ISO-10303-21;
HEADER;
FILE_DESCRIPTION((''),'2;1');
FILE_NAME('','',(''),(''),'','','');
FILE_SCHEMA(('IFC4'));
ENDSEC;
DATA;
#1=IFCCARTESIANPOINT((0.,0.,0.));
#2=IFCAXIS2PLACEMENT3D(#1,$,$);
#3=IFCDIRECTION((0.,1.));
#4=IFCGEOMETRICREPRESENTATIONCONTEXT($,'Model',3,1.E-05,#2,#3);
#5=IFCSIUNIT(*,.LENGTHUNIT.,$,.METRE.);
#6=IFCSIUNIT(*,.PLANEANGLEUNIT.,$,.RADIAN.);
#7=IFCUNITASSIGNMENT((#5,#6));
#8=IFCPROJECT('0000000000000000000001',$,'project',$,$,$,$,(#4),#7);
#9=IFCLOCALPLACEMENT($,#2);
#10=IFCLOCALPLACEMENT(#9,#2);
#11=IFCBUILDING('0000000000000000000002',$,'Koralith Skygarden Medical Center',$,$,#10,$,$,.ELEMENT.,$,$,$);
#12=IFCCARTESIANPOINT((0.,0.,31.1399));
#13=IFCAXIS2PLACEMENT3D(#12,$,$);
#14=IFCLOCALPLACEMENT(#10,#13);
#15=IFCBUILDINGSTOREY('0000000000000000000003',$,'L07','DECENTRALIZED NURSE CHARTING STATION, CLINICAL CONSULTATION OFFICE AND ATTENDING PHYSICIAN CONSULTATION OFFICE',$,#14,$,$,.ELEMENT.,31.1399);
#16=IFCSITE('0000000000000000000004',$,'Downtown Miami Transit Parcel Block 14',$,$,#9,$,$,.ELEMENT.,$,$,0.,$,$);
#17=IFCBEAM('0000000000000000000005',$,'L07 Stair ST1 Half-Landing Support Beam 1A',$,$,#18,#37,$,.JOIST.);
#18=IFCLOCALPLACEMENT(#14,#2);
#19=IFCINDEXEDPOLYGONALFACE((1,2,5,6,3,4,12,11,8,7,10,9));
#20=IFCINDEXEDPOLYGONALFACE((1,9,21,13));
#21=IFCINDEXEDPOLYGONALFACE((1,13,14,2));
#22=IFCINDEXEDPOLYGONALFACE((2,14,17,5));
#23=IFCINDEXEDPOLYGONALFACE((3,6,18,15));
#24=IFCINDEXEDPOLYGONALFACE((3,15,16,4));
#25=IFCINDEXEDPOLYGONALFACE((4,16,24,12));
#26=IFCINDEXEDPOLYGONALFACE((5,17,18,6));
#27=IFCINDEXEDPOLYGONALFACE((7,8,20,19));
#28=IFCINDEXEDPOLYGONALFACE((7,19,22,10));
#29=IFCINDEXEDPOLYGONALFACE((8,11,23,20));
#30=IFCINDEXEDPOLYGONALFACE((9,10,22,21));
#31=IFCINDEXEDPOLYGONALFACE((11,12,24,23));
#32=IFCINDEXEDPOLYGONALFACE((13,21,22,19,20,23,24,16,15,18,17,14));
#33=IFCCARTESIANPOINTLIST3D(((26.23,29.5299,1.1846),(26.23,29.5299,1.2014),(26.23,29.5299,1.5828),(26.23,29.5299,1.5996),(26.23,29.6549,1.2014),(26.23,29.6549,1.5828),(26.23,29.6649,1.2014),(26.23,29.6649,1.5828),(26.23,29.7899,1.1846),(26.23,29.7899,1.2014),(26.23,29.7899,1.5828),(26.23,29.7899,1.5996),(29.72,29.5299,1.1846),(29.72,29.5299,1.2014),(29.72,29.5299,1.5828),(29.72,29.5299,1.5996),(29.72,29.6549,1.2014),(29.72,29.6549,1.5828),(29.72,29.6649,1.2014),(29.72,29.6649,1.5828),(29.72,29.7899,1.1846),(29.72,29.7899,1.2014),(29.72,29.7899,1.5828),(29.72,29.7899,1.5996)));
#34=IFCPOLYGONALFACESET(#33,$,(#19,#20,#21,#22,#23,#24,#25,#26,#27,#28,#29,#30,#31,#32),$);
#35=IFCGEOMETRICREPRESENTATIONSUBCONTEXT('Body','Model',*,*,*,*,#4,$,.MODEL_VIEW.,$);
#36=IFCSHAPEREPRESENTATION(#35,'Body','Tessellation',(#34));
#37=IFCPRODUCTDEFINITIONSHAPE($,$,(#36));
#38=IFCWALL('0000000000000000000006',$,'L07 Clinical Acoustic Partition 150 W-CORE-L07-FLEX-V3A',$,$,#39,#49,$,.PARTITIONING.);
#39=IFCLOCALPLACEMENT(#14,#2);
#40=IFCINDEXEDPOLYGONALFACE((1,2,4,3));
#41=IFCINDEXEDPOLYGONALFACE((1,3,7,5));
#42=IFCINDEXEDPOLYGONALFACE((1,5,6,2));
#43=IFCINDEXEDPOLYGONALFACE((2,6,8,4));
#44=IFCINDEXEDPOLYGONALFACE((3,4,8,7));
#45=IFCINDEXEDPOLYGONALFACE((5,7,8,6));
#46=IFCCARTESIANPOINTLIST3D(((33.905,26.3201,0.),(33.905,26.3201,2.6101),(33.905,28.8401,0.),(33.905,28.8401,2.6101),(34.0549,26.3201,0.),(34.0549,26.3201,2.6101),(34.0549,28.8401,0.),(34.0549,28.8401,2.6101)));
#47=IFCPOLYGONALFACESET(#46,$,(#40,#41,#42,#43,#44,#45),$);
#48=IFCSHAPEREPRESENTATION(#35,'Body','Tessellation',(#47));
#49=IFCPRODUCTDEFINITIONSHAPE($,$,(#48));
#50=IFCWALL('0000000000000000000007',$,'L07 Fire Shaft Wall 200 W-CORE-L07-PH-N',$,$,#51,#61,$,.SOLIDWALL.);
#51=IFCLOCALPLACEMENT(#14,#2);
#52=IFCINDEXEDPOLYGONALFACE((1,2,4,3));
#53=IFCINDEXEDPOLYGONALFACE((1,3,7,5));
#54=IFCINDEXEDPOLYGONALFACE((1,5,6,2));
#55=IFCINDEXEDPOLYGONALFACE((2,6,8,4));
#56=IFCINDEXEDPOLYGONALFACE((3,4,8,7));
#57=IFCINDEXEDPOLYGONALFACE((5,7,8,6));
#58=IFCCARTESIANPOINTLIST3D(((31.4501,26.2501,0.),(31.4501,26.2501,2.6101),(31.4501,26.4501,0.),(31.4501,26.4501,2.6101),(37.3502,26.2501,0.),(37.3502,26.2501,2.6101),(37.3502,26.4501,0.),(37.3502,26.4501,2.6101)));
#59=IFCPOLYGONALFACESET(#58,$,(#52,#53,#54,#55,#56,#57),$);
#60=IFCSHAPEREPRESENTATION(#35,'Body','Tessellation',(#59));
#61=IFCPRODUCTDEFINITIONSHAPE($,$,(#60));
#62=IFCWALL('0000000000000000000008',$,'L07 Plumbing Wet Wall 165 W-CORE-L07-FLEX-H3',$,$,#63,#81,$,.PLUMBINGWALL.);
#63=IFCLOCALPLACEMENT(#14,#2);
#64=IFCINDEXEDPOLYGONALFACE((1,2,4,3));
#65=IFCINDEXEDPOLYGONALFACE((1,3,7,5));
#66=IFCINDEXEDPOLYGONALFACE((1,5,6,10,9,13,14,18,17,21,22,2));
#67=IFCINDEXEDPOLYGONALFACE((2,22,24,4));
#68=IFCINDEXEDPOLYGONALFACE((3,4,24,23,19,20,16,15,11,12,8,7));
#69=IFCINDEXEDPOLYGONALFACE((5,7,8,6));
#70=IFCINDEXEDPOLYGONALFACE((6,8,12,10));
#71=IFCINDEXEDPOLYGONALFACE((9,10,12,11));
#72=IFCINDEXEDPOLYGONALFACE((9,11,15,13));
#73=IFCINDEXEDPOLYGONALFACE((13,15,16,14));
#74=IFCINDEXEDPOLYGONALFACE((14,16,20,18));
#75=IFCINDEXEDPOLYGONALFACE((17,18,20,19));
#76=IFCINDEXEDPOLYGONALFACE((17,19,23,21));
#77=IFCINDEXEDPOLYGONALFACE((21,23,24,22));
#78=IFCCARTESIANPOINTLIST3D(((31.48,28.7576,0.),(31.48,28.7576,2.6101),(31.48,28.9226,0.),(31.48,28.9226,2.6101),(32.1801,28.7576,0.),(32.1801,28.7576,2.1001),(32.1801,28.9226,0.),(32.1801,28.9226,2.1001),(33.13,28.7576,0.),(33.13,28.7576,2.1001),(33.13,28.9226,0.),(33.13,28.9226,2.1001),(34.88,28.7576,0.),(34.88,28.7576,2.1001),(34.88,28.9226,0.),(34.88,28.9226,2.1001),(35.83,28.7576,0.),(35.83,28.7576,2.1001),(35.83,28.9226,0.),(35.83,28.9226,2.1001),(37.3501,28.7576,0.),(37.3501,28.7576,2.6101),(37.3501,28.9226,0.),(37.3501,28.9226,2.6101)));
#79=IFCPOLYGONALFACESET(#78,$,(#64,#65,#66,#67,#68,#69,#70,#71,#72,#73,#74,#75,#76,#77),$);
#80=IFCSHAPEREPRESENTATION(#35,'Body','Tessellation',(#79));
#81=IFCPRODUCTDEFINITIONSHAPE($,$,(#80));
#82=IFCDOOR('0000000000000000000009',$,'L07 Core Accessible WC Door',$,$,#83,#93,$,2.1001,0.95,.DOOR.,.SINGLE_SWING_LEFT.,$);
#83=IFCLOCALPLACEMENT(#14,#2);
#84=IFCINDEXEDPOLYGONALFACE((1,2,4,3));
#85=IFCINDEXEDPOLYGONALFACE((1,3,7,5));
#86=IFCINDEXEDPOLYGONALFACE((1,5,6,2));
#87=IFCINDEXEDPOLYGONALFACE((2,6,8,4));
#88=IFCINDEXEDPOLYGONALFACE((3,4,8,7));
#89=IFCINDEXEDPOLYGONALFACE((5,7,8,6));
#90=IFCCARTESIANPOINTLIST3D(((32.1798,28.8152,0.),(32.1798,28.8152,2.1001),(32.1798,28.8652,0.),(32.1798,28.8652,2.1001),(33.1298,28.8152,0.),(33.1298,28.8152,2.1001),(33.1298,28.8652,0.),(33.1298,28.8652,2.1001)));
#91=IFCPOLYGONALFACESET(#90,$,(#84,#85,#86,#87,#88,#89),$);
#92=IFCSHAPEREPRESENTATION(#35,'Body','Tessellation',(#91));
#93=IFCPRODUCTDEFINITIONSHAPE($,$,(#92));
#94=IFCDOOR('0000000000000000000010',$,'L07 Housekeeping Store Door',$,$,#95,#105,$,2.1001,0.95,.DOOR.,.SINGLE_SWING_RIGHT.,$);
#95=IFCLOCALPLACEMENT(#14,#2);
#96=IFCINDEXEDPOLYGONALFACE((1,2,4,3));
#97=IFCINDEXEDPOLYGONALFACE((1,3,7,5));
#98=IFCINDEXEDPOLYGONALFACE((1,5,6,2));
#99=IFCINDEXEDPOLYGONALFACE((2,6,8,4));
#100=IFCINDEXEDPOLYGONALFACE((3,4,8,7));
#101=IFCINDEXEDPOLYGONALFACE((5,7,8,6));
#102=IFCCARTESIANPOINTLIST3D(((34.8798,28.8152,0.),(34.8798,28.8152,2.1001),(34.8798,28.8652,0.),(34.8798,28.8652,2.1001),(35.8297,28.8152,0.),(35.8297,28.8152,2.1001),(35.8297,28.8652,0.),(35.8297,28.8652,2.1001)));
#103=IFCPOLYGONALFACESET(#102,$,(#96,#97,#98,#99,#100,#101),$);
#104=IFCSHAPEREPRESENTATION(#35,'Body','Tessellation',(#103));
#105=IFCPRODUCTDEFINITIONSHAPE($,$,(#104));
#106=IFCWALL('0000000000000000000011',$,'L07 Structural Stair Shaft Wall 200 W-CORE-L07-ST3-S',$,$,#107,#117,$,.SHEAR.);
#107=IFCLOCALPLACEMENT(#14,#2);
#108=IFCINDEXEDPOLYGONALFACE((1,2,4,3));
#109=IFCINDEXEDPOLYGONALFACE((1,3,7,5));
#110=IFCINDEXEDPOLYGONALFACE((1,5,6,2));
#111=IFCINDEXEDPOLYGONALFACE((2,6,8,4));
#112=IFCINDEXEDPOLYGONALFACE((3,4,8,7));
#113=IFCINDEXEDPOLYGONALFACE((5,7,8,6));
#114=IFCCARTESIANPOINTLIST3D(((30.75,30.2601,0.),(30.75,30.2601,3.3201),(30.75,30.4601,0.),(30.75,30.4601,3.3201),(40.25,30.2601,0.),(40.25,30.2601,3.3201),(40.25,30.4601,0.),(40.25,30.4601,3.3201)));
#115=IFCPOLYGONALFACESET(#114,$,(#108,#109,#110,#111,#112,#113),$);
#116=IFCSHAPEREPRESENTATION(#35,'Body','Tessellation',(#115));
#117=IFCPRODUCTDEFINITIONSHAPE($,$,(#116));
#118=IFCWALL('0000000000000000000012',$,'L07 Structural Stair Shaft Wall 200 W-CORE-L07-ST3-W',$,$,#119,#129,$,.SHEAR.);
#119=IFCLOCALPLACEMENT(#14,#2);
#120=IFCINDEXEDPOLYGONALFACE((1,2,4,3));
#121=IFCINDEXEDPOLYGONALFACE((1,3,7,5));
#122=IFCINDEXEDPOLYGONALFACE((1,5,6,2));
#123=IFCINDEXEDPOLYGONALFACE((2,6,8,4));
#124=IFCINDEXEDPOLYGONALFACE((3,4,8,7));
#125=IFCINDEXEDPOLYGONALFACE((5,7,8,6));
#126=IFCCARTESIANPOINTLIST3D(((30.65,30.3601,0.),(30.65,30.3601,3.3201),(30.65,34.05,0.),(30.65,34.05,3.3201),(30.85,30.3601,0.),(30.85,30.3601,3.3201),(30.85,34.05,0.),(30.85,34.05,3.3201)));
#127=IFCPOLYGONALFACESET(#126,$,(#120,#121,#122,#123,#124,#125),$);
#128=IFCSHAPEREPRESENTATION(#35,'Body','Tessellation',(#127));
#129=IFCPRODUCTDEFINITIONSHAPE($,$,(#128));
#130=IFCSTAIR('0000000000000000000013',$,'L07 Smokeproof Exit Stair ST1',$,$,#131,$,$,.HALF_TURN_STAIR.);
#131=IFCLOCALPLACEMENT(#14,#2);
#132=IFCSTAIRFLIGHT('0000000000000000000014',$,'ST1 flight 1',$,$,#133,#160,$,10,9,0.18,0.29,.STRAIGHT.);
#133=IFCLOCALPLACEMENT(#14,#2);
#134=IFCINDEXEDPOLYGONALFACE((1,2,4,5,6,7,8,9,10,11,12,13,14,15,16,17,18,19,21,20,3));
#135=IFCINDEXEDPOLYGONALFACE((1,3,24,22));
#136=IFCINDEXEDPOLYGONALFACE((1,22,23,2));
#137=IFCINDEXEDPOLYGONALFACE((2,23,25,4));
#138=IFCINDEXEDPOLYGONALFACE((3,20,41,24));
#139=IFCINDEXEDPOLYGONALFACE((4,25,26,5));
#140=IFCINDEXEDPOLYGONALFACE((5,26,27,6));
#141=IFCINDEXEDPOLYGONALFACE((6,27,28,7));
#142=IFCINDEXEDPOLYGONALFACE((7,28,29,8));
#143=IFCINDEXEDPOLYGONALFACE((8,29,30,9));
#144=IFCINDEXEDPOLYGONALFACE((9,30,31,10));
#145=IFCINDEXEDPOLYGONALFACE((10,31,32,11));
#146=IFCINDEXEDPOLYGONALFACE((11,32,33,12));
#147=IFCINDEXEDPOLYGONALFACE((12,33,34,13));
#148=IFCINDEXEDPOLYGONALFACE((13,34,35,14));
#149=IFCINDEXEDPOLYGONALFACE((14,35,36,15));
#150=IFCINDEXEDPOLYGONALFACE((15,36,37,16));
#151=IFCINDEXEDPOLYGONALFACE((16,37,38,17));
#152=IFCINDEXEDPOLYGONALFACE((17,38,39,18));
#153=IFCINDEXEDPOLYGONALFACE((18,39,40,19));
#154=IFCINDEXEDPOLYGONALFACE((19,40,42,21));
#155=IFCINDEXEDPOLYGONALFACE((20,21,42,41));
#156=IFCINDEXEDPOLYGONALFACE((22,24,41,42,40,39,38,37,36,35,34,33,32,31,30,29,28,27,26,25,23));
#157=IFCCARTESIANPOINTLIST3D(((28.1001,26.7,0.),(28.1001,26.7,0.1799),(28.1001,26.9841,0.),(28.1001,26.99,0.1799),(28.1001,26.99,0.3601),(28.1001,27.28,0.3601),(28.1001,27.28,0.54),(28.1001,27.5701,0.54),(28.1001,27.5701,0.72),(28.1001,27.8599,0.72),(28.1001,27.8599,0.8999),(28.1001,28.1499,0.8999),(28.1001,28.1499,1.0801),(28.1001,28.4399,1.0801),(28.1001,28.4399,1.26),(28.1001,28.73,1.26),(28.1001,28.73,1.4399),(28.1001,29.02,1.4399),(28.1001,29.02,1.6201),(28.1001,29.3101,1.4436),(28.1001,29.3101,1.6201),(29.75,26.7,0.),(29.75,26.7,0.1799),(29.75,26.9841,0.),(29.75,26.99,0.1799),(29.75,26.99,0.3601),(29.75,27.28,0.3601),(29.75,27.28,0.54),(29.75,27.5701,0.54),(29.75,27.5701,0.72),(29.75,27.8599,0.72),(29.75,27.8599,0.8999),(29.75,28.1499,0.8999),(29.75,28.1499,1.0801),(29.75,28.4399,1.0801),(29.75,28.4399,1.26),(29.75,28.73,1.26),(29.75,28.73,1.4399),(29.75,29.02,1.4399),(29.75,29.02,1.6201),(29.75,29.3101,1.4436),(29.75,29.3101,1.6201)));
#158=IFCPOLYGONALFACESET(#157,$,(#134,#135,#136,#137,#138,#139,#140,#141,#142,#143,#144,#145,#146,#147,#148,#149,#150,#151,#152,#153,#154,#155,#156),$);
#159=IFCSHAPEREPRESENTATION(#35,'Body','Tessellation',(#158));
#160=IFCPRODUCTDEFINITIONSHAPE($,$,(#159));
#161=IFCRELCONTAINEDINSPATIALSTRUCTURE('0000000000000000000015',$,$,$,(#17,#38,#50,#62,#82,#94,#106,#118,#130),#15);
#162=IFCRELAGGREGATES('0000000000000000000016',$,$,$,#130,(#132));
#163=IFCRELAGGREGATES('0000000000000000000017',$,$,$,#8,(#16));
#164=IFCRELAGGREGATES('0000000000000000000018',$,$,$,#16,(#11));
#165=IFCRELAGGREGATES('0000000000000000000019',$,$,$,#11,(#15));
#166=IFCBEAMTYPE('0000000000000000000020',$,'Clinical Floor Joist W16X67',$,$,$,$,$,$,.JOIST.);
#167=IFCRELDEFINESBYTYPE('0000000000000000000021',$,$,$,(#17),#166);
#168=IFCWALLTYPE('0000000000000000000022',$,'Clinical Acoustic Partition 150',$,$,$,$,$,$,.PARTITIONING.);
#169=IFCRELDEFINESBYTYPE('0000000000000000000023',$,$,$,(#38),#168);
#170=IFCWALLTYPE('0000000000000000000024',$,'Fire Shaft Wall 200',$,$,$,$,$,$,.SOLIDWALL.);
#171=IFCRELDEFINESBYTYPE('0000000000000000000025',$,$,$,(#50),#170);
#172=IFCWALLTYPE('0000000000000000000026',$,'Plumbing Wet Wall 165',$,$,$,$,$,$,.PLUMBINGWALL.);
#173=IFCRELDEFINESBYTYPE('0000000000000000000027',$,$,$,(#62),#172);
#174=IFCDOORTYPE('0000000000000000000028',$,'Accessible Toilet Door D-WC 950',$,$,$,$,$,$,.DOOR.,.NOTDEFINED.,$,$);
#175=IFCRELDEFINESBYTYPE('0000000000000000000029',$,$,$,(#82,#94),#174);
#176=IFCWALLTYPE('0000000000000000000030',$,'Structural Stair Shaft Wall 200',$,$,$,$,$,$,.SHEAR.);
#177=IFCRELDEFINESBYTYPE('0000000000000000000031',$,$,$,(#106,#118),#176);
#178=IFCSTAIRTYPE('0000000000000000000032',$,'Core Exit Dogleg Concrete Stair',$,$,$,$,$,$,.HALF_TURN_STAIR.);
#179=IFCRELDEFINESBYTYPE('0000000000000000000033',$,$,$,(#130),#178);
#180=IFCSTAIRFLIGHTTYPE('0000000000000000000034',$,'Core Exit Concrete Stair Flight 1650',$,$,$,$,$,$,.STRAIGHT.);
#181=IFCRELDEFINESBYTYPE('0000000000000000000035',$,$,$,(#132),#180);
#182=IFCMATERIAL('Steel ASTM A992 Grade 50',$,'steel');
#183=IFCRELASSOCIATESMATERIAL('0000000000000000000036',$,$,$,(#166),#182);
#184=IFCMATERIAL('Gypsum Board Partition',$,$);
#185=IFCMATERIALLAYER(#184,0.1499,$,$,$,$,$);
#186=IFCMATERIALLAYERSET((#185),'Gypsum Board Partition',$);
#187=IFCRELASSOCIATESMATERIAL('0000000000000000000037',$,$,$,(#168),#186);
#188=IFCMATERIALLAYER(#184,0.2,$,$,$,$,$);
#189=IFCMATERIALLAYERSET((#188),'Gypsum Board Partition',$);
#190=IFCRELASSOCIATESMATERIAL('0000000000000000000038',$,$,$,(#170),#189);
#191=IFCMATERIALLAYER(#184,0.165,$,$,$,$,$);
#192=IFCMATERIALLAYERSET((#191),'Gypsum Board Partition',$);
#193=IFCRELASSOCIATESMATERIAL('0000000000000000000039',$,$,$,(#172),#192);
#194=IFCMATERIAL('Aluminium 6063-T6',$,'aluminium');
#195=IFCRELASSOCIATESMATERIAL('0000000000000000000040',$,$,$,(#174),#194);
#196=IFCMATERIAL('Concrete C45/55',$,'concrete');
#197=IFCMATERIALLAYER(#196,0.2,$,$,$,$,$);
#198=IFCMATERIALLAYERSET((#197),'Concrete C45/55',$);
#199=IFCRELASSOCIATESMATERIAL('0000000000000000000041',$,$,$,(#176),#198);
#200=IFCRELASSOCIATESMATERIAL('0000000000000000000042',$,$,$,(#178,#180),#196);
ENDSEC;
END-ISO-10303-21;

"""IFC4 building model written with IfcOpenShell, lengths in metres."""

from ifc_helpers import new_model, si_unit, direction, frame, frame_2d, origin, origin_2d, place, context, subcontext, project, spatial, polyline, rectangle, i_section, outline, extrude, material, layer, layer_set, material_profile, profile_set, type_object, element, fill, aggregate, save


model = new_model("IFC4")

# Units and contexts
model_context = context("Model", 3, precision=1e-05, world=origin(), true_north=direction((0.0, 1.0)))
body_context = subcontext(model_context, "Body", "Model", "MODEL_VIEW")
ifc_project = project(units=[si_unit("LENGTHUNIT", "METRE"), si_unit("PLANEANGLEUNIT", "RADIAN")], contexts=[model_context])

# Site, building, storey
site_placement = place(None, origin())
site = spatial("IfcSite", under=ifc_project, at=site_placement, Name="Downtown Miami Transit Parcel Block 14", CompositionType="ELEMENT", RefElevation=0.0)
building_placement = place(site_placement, origin())
building = spatial("IfcBuilding", under=site, at=building_placement, Name="Koralith Skygarden Medical Center", CompositionType="ELEMENT")
storey_placement = place(building_placement, frame((0.0, 0.0, 31.1399)))
storey = spatial("IfcBuildingStorey", under=building, at=storey_placement, Name="L07", Description="DECENTRALIZED NURSE CHARTING STATION, CLINICAL CONSULTATION OFFICE AND ATTENDING PHYSICIAN CONSULTATION OFFICE", CompositionType="ELEMENT", Elevation=31.1399)

# Beam
ifc_material_1 = material(Name="Steel ASTM A992 Grade 50", Category="steel")
ifc_material_profile = material_profile(ifc_material_1, i_section(OverallWidth=0.26, OverallDepth=0.415, WebThickness=0.01, FlangeThickness=0.0168, at=origin_2d()), Name="W16X67")
ifc_profile_set = profile_set([ifc_material_profile], Name="Steel ASTM A992 Grade 50")
beam_type = type_object("IfcBeamType", Name="Clinical Floor Joist W16X67", PredefinedType="JOIST", material=ifc_profile_set)
beam_placement = place(storey_placement, frame((26.23, 29.6599, 1.3921), z_axis=(1.0, 0.0, 0.0), x_axis=(0.0, 1.0, 0.0)))
element("IfcBeam", 1, at=beam_placement, inside=storey, type_object=beam_type, Name="L07 Stair ST1 Half-Landing Support Beam 1A", PredefinedType="JOIST", context=body_context, shape_type="SweptSolid", body=[
    extrude(i_section(OverallWidth=0.26, OverallDepth=0.415, WebThickness=0.01, FlangeThickness=0.0168, at=origin_2d()), origin(), (0.0, 0.0, 1.0), 3.49),
])

# Walls
ifc_material_2 = material(Name="Gypsum Board Partition")
ifc_layer_1 = layer(ifc_material_2, 0.1499)
ifc_layer_set_1 = layer_set([ifc_layer_1], Name="Gypsum Board Partition")
wall_type_1 = type_object("IfcWallType", Name="Clinical Acoustic Partition 150", PredefinedType="PARTITIONING", material=ifc_layer_set_1)
wall_1_placement = place(storey_placement, frame((33.98, 26.3201, 0.0), z_axis=(0.0, 0.0, 1.0), x_axis=(0.0, 1.0, 0.0)))
element("IfcWall", 2, at=wall_1_placement, inside=storey, type_object=wall_type_1, Name="L07 Clinical Acoustic Partition 150 W-CORE-L07-FLEX-V3A", PredefinedType="PARTITIONING", context=body_context, shape_type="SweptSolid", body=[
    extrude(rectangle(XDim=2.52, YDim=0.1499, at=frame_2d((1.26, 0.0))), origin(), (0.0, 0.0, 1.0), 2.6101),
])
ifc_layer_2 = layer(ifc_material_2, 0.2)
ifc_layer_set_2 = layer_set([ifc_layer_2], Name="Gypsum Board Partition")
wall_type_2 = type_object("IfcWallType", Name="Fire Shaft Wall 200", PredefinedType="SOLIDWALL", material=ifc_layer_set_2)
wall_2_placement = place(storey_placement, frame((31.45, 26.3501, 0.0), z_axis=(0.0, 0.0, 1.0), x_axis=(1.0, 0.0, 0.0)))
element("IfcWall", 3, at=wall_2_placement, inside=storey, type_object=wall_type_2, Name="L07 Fire Shaft Wall 200 W-CORE-L07-PH-N", PredefinedType="SOLIDWALL", context=body_context, shape_type="SweptSolid", body=[
    extrude(rectangle(XDim=5.9001, YDim=0.2, at=frame_2d((2.9502, 0.0))), origin(), (0.0, 0.0, 1.0), 2.6101),
])

# Wall, openings, doors
ifc_layer_3 = layer(ifc_material_2, 0.165)
ifc_layer_set_3 = layer_set([ifc_layer_3], Name="Gypsum Board Partition")
wall_type_3 = type_object("IfcWallType", Name="Plumbing Wet Wall 165", PredefinedType="PLUMBINGWALL", material=ifc_layer_set_3)
wall_3_placement = place(storey_placement, frame((31.48, 28.8401, 0.0), z_axis=(0.0, 0.0, 1.0), x_axis=(1.0, 0.0, 0.0)))
wall_3 = element("IfcWall", 4, at=wall_3_placement, inside=storey, type_object=wall_type_3, Name="L07 Plumbing Wet Wall 165 W-CORE-L07-FLEX-H3", PredefinedType="PLUMBINGWALL", context=body_context, shape_type="SweptSolid", body=[
    extrude(rectangle(XDim=5.8701, YDim=0.165, at=frame_2d((2.9351, 0.0))), origin(), (0.0, 0.0, 1.0), 2.6101),
])
opening_1_placement = place(wall_3_placement, frame((0.7, 0.0, 0.0)))
opening_1 = element("IfcOpeningElement", 5, at=opening_1_placement, cuts=wall_3, PredefinedType="OPENING", context=body_context, shape_type="SweptSolid", body=[
    extrude(rectangle(XDim=0.95, YDim=2.1001, at=frame_2d((0.4751, 1.05))), frame((0.0, 0.0925, 0.0), z_axis=(0.0, -1.0, 0.0), x_axis=(1.0, 0.0, 0.0)), (0.0, 0.0, 1.0), 0.1851),
])
opening_2_placement = place(wall_3_placement, frame((3.3999, 0.0, 0.0)))
opening_2 = element("IfcOpeningElement", 6, at=opening_2_placement, cuts=wall_3, PredefinedType="OPENING", context=body_context, shape_type="SweptSolid", body=[
    extrude(rectangle(XDim=0.95, YDim=2.1001, at=frame_2d((0.4751, 1.05))), frame((0.0, 0.0925, 0.0), z_axis=(0.0, -1.0, 0.0), x_axis=(1.0, 0.0, 0.0)), (0.0, 0.0, 1.0), 0.1851),
])
ifc_material_3 = material(Name="Aluminium 6063-T6", Category="aluminium")
door_type = type_object("IfcDoorType", Name="Accessible Toilet Door D-WC 950", OperationType="NOTDEFINED", PredefinedType="DOOR", material=ifc_material_3)
door_1_placement = place(opening_1_placement, frame((0.95, 0.0, 0.0), z_axis=(0.0, 0.0, 1.0), x_axis=(-1.0, 0.0, 0.0)))
door_1 = element("IfcDoor", 7, at=door_1_placement, inside=storey, type_object=door_type, Name="L07 Core Accessible WC Door", OperationType="SINGLE_SWING_LEFT", OverallHeight=2.1001, OverallWidth=0.95, PredefinedType="DOOR", context=body_context, shape_type="SweptSolid", body=[
    extrude(rectangle(XDim=0.95, YDim=2.1001, at=frame_2d((0.4751, 1.05))), frame((0.0, 0.0249, 0.0), z_axis=(0.0, -1.0, 0.0), x_axis=(1.0, 0.0, 0.0)), (0.0, 0.0, 1.0), 0.05),
])
fill(opening_1, door_1)
door_2_placement = place(opening_2_placement, frame((0.95, 0.0, 0.0), z_axis=(0.0, 0.0, 1.0), x_axis=(-1.0, 0.0, 0.0)))
door_2 = element("IfcDoor", 8, at=door_2_placement, inside=storey, type_object=door_type, Name="L07 Housekeeping Store Door", OperationType="SINGLE_SWING_RIGHT", OverallHeight=2.1001, OverallWidth=0.95, PredefinedType="DOOR", context=body_context, shape_type="SweptSolid", body=[
    extrude(rectangle(XDim=0.95, YDim=2.1001, at=frame_2d((0.4751, 1.05))), frame((0.0, 0.0249, 0.0), z_axis=(0.0, -1.0, 0.0), x_axis=(1.0, 0.0, 0.0)), (0.0, 0.0, 1.0), 0.05),
])
fill(opening_2, door_2)

# Walls
ifc_material_4 = material(Name="Concrete C45/55", Category="concrete")
ifc_layer_4 = layer(ifc_material_4, 0.2)
ifc_layer_set_4 = layer_set([ifc_layer_4], Name="Concrete C45/55")
wall_type_4 = type_object("IfcWallType", Name="Structural Stair Shaft Wall 200", PredefinedType="SHEAR", material=ifc_layer_set_4)
wall_4_placement = place(storey_placement, frame((30.75, 30.3601, 0.0), z_axis=(0.0, 0.0, 1.0), x_axis=(1.0, 0.0, 0.0)))
element("IfcWall", 9, at=wall_4_placement, inside=storey, type_object=wall_type_4, Name="L07 Structural Stair Shaft Wall 200 W-CORE-L07-ST3-S", PredefinedType="SHEAR", context=body_context, shape_type="SweptSolid", body=[
    extrude(rectangle(XDim=9.5, YDim=0.2, at=frame_2d((4.75, 0.0))), origin(), (0.0, 0.0, 1.0), 3.3201),
])
wall_5_placement = place(storey_placement, frame((30.75, 30.3601, 0.0), z_axis=(0.0, 0.0, 1.0), x_axis=(0.0, 1.0, 0.0)))
element("IfcWall", 10, at=wall_5_placement, inside=storey, type_object=wall_type_4, Name="L07 Structural Stair Shaft Wall 200 W-CORE-L07-ST3-W", PredefinedType="SHEAR", context=body_context, shape_type="SweptSolid", body=[
    extrude(rectangle(XDim=3.6899, YDim=0.2, at=frame_2d((1.845, 0.0))), origin(), (0.0, 0.0, 1.0), 3.3201),
])

# Stair, stair flight
stair_type = type_object("IfcStairType", Name="Core Exit Dogleg Concrete Stair", PredefinedType="HALF_TURN_STAIR", material=ifc_material_4)
stair_1_placement = place(storey_placement, origin())
stair_1 = element("IfcStair", 11, at=stair_1_placement, inside=storey, type_object=stair_type, Name="L07 Smokeproof Exit Stair ST1", PredefinedType="HALF_TURN_STAIR")
stair_flight_type = type_object("IfcStairFlightType", Name="Core Exit Concrete Stair Flight 1650", PredefinedType="STRAIGHT", material=ifc_material_4)
stair_flight_1_placement = place(storey_placement, frame((28.925, 26.7, 0.0), z_axis=(0.0, 0.0, 1.0), x_axis=(0.0, 1.0, 0.0)))
stair_flight_1 = element("IfcStairFlight", 12, at=stair_flight_1_placement, type_object=stair_flight_type, Name="ST1 flight 1", NumberOfRisers=10, NumberOfTreads=9, PredefinedType="STRAIGHT", RiserHeight=0.18, TreadLength=0.29, context=body_context, shape_type="SweptSolid", body=[
    extrude(outline(polyline([(0.0, 0.0), (0.0, 0.1799), (0.29, 0.1799), (0.29, 0.3601), (0.5801, 0.3601), (0.5801, 0.54), (0.8701, 0.54), (0.8701, 0.72), (1.1599, 0.72), (1.1599, 0.8999), (1.45, 0.8999), (1.45, 1.0801), (1.74, 1.0801), (1.74, 1.26), (2.03, 1.26), (2.03, 1.4399), (2.3201, 1.4399), (2.3201, 1.6201), (2.6101, 1.6201), (2.6101, 1.8), (2.6101, 1.4436), (0.2842, 0.0), (0.0, 0.0)])), frame((0.0, 0.825, 0.0), z_axis=(0.0, -1.0, 0.0), x_axis=(1.0, 0.0, 0.0)), (0.0, 0.0, 1.0), 1.6499),
])
aggregate(stair_1, [stair_flight_1])

save(model, "model.ifc")
